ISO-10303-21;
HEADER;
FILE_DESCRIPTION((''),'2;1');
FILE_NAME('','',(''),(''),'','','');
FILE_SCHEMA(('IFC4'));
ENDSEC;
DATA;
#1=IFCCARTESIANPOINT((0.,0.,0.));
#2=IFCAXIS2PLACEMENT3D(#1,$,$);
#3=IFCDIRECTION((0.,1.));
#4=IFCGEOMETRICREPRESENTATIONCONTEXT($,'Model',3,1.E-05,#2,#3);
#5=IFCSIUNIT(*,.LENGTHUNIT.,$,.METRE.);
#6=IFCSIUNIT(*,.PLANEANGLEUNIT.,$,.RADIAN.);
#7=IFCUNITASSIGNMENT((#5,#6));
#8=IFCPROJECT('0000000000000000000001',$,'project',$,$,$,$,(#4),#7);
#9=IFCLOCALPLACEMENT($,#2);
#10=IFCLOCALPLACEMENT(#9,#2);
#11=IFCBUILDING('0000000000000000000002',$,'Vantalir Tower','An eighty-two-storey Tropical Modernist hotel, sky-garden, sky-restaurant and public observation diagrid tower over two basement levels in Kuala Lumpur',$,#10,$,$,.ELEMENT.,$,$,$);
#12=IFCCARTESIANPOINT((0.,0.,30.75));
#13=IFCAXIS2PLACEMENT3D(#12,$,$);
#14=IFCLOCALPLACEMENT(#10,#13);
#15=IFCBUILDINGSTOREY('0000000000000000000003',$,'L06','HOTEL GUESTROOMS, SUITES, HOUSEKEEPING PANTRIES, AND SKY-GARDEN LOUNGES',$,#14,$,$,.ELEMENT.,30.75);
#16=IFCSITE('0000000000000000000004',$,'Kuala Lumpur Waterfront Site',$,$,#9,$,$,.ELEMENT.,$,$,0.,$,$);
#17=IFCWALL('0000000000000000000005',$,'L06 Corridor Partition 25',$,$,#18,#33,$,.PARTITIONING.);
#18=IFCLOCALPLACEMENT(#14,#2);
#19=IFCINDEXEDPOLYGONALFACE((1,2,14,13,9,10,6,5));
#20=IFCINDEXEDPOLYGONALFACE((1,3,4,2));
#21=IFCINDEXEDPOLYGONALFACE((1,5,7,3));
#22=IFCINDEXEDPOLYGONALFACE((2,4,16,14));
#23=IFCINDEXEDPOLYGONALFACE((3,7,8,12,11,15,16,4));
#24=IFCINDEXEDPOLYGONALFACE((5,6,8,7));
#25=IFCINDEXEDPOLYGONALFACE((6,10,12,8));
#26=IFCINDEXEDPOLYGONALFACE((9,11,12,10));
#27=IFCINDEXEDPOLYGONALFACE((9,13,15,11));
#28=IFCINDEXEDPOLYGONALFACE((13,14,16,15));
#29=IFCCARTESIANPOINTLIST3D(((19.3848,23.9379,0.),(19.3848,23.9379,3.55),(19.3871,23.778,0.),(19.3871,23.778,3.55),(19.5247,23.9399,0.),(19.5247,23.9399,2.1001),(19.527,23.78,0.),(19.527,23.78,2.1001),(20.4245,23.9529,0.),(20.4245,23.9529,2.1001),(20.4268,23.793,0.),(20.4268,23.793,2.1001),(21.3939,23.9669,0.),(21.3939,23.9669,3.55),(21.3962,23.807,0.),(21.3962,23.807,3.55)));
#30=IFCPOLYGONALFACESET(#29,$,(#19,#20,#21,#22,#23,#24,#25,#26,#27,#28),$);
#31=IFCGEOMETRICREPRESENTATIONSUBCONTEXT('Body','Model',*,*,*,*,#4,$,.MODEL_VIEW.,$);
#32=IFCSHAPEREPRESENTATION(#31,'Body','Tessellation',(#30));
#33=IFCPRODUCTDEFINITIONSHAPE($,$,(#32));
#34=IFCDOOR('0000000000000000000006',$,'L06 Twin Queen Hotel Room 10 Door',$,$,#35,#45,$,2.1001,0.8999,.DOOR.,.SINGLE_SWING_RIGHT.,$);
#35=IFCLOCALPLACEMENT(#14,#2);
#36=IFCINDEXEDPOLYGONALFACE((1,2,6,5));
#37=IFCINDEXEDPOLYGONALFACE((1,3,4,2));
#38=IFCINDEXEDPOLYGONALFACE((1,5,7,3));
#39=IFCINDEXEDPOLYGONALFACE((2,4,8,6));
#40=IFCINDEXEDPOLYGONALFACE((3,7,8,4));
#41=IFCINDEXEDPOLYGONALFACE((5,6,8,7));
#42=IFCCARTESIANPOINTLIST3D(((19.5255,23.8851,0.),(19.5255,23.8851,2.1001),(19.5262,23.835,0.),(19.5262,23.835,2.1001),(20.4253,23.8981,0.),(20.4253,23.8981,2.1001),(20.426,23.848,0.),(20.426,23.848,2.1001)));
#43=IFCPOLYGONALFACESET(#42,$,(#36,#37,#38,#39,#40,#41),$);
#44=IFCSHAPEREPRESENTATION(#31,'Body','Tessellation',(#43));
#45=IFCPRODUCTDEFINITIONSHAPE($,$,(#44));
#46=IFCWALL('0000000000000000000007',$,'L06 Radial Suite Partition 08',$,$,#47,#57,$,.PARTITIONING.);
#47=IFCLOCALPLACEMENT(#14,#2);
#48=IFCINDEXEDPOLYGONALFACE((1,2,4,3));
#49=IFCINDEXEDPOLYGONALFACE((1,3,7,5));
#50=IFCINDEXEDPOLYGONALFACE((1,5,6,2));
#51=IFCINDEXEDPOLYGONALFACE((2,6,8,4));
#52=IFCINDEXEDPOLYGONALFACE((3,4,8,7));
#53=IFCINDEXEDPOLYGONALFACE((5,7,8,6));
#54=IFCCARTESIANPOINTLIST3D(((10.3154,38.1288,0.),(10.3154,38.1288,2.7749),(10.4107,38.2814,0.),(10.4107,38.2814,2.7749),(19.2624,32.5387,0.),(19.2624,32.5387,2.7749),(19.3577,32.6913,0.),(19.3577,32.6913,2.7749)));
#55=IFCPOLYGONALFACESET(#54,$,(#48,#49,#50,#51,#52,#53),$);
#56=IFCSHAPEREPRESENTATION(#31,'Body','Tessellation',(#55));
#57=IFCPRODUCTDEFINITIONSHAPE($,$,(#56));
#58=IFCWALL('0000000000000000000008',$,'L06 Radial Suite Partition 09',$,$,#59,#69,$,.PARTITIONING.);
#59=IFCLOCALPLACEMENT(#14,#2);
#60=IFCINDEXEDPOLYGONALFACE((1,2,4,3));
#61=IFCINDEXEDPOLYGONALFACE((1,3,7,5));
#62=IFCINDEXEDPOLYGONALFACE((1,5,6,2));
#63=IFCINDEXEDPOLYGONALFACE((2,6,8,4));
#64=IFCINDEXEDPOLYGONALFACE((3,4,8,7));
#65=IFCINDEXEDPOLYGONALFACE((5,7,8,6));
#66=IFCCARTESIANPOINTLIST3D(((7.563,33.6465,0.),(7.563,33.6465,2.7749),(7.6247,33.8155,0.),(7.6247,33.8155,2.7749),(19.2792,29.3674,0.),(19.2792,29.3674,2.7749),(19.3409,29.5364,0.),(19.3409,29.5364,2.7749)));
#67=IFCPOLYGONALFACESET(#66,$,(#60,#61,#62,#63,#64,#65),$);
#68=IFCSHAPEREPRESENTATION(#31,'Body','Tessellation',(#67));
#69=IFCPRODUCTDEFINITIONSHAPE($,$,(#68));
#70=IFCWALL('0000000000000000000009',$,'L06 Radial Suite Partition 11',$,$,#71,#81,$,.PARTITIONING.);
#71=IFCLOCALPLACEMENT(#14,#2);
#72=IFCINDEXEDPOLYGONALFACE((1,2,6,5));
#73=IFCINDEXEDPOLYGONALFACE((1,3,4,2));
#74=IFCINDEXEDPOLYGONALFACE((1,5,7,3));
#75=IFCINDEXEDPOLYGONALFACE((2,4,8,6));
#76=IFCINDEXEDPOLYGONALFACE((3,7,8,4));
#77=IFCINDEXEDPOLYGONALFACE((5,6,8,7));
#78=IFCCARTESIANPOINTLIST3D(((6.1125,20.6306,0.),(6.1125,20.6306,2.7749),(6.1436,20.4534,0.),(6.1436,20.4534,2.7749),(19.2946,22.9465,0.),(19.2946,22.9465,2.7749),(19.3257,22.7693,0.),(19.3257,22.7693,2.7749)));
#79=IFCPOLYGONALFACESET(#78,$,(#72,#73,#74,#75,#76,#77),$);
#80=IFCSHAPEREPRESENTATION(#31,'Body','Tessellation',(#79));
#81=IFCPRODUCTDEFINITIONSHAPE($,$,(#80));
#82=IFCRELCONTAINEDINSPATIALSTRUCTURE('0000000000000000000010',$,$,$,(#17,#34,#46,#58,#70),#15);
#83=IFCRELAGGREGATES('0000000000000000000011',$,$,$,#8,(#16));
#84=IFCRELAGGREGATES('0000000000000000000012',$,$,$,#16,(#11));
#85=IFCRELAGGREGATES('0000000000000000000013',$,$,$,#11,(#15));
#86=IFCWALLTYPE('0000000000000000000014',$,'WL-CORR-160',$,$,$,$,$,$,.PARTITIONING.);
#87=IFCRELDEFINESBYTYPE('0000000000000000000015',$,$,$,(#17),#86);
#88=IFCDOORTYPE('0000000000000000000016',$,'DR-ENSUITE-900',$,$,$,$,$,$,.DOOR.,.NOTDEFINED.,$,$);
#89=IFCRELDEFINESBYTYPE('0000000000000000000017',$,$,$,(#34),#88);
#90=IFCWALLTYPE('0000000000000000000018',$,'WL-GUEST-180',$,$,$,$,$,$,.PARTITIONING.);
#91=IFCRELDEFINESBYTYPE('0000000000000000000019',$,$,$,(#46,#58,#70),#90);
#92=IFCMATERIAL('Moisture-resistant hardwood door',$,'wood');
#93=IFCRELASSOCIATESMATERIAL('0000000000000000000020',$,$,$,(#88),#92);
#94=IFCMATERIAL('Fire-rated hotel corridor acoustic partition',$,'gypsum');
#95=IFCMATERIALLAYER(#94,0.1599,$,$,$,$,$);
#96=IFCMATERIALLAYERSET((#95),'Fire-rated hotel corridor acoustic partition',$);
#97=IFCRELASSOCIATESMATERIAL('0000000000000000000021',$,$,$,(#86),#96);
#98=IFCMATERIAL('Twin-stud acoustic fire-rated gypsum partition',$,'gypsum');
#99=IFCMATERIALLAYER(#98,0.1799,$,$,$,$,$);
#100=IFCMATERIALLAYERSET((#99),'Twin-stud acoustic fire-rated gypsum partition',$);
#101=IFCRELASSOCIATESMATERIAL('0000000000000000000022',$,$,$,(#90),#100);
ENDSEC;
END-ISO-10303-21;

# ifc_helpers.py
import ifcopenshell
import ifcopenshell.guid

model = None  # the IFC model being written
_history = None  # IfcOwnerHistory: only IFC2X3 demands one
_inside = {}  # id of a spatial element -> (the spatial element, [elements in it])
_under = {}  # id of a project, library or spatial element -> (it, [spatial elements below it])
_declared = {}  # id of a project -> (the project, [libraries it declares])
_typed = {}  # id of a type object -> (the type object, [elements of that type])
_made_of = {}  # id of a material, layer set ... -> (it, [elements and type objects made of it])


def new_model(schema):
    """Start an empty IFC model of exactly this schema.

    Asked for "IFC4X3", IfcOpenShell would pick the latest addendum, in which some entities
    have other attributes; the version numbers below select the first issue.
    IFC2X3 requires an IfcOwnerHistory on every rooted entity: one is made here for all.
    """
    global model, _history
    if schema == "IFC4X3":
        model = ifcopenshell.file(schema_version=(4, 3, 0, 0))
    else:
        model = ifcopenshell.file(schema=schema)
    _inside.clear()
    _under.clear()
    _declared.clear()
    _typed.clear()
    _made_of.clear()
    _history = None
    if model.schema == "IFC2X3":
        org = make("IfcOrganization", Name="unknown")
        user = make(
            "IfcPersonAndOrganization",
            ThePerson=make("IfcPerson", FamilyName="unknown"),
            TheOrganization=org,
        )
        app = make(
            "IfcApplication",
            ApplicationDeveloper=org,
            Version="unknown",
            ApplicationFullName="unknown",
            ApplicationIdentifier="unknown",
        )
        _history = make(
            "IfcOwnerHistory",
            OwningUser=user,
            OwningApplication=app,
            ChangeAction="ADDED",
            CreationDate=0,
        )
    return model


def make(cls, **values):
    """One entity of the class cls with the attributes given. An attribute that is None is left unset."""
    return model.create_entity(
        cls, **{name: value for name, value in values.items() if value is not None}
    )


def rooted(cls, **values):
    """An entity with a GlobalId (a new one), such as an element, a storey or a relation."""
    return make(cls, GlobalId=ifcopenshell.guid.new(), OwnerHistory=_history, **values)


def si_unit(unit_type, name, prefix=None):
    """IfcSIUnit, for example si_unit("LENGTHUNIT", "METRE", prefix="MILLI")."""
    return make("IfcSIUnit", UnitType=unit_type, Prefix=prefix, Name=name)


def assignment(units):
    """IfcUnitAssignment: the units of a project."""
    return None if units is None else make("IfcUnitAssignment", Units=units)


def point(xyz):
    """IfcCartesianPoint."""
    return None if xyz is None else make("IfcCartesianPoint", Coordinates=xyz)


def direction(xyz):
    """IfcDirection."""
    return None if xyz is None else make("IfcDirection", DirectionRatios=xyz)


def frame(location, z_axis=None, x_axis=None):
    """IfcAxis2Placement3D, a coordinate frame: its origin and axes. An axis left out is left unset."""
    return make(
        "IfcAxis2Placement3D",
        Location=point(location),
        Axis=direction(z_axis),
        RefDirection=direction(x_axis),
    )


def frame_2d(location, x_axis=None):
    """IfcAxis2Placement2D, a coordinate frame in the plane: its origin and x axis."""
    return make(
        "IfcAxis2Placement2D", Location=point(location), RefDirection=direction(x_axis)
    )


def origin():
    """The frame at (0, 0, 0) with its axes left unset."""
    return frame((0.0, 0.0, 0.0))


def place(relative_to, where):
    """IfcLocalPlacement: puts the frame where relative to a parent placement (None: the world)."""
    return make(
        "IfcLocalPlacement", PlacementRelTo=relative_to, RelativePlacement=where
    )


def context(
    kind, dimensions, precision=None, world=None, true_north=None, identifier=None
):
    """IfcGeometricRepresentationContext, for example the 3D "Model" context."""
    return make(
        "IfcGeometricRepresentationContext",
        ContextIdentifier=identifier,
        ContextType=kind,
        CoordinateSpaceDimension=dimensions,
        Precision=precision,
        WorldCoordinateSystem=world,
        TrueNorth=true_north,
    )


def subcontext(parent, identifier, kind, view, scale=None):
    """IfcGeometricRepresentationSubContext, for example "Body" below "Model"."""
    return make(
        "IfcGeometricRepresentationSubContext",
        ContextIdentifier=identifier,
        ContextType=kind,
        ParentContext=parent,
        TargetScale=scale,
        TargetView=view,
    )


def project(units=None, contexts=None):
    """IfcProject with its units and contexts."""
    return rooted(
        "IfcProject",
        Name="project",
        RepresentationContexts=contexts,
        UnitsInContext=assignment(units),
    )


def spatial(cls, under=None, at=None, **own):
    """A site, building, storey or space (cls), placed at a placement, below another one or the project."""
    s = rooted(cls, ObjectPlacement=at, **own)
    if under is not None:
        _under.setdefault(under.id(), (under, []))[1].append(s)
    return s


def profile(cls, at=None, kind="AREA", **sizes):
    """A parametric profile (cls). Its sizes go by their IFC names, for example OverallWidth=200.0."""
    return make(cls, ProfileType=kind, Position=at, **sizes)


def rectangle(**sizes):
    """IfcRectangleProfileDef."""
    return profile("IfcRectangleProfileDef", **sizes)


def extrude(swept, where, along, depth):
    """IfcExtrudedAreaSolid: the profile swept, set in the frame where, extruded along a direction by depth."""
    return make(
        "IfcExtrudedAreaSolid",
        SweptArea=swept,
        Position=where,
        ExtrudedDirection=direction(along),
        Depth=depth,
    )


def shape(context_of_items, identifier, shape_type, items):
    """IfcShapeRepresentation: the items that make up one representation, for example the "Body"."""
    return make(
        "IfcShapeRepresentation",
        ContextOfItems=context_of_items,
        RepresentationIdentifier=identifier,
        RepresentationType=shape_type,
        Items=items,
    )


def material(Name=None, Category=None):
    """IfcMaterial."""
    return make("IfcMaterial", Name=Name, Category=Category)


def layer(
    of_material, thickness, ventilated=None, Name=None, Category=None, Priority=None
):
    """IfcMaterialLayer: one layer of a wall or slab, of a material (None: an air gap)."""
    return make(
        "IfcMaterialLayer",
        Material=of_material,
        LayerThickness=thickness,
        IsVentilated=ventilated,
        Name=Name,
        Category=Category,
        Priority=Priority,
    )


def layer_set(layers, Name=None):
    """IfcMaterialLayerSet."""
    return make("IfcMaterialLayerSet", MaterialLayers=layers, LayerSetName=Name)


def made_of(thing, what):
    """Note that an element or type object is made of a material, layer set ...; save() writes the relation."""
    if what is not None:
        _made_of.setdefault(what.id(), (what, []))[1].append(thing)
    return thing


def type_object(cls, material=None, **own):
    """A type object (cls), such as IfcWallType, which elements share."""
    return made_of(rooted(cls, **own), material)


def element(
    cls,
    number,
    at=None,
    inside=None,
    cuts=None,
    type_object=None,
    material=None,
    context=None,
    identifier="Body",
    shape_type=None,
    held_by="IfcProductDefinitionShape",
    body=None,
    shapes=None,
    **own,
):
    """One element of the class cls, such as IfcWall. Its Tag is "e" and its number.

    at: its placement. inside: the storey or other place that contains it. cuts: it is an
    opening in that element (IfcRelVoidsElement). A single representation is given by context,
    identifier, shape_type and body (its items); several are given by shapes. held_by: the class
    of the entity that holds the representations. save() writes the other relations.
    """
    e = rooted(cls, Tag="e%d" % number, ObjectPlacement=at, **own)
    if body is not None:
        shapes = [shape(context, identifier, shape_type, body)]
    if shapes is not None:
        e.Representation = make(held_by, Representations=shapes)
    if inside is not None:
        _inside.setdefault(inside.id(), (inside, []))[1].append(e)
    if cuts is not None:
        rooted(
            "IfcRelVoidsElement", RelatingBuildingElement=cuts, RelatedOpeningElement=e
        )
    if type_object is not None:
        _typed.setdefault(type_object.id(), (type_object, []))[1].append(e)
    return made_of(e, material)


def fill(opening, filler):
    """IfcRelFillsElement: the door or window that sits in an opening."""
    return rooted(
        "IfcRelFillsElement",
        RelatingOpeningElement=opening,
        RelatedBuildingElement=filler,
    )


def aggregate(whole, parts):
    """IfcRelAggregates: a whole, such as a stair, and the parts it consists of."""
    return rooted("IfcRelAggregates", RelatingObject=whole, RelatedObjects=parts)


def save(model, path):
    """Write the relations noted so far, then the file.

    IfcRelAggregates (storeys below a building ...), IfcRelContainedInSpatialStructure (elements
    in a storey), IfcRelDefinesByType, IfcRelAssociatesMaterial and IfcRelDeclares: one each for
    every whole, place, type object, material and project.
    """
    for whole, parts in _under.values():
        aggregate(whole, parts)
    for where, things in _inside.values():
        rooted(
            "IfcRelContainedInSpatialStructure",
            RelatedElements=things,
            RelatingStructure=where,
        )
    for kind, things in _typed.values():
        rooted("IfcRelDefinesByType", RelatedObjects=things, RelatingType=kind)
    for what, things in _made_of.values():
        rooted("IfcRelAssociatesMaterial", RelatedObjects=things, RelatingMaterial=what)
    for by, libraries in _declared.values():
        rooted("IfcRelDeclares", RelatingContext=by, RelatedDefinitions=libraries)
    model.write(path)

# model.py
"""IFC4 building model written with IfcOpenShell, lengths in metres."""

from ifc_helpers import new_model, si_unit, direction, frame, frame_2d, origin, place, context, subcontext, project, spatial, rectangle, extrude, material, layer, layer_set, type_object, element, fill, save


model = new_model("IFC4")

# Units and contexts
model_context = context("Model", 3, precision=1e-05, world=origin(), true_north=direction((0.0, 1.0)))
body_context = subcontext(model_context, "Body", "Model", "MODEL_VIEW")
ifc_project = project(units=[si_unit("LENGTHUNIT", "METRE"), si_unit("PLANEANGLEUNIT", "RADIAN")], contexts=[model_context])

# Site, building, storey
site_placement = place(None, origin())
site = spatial("IfcSite", under=ifc_project, at=site_placement, Name="Kuala Lumpur Waterfront Site", CompositionType="ELEMENT", RefElevation=0.0)
building_placement = place(site_placement, origin())
building = spatial("IfcBuilding", under=site, at=building_placement, Name="Vantalir Tower", Description="An eighty-two-storey Tropical Modernist hotel, sky-garden, sky-restaurant and public observation diagrid tower over two basement levels in Kuala Lumpur", CompositionType="ELEMENT")
storey_placement = place(building_placement, frame((0.0, 0.0, 30.75)))
storey = spatial("IfcBuildingStorey", under=building, at=storey_placement, Name="L06", Description="HOTEL GUESTROOMS, SUITES, HOUSEKEEPING PANTRIES, AND SKY-GARDEN LOUNGES", CompositionType="ELEMENT", Elevation=30.75)

# Shared definitions
ifc_material_1 = material(Name="Moisture-resistant hardwood door", Category="wood")
door_type = type_object("IfcDoorType", Name="DR-ENSUITE-900", OperationType="NOTDEFINED", PredefinedType="DOOR", material=ifc_material_1)

# Wall, opening, door
ifc_material_2 = material(Name="Fire-rated hotel corridor acoustic partition", Category="gypsum")
ifc_layer_1 = layer(ifc_material_2, 0.1599)
ifc_layer_set_1 = layer_set([ifc_layer_1], Name="Fire-rated hotel corridor acoustic partition")
wall_type_1 = type_object("IfcWallType", Name="WL-CORR-160", PredefinedType="PARTITIONING", material=ifc_layer_set_1)
wall_1_placement = place(storey_placement, frame((19.386, 23.8579, 0.0), z_axis=(0.0, 0.0, 1.0), x_axis=(0.999895, 0.01446, 0.0)))
wall_1 = element("IfcWall", 1, at=wall_1_placement, inside=storey, type_object=wall_type_1, Name="L06 Corridor Partition 25", PredefinedType="PARTITIONING", context=body_context, shape_type="SweptSolid", body=[
    extrude(rectangle(XDim=2.0093, YDim=0.1599, at=frame_2d((1.0046, 0.0))), origin(), (0.0, 0.0, 1.0), 3.55),
])
opening_1_placement = place(wall_1_placement, frame((0.1399, 0.0, 0.0)))
opening_1 = element("IfcOpeningElement", 2, at=opening_1_placement, cuts=wall_1, PredefinedType="OPENING", context=body_context, shape_type="SweptSolid", body=[
    extrude(rectangle(XDim=0.8999, YDim=2.1001, at=frame_2d((0.45, 1.05))), frame((0.0, 0.0898, 0.0), z_axis=(0.0, -1.0, 0.0), x_axis=(1.0, 0.0, 0.0)), (0.0, 0.0, 1.0), 0.1799),
])
door_1_placement = place(opening_1_placement, frame((0.8999, 0.0, 0.0), z_axis=(0.0, 0.0, 1.0), x_axis=(-1.0, 0.0, 0.0)))
door_1 = element("IfcDoor", 3, at=door_1_placement, inside=storey, type_object=door_type, Name="L06 Twin Queen Hotel Room 10 Door", OperationType="SINGLE_SWING_RIGHT", OverallHeight=2.1001, OverallWidth=0.8999, PredefinedType="DOOR", context=body_context, shape_type="SweptSolid", body=[
    extrude(rectangle(XDim=0.8999, YDim=2.1001, at=frame_2d((0.45, 1.05))), frame((0.0, 0.0249, 0.0), z_axis=(0.0, -1.0, 0.0), x_axis=(1.0, 0.0, 0.0)), (0.0, 0.0, 1.0), 0.05),
])
fill(opening_1, door_1)

# Walls
ifc_material_3 = material(Name="Twin-stud acoustic fire-rated gypsum partition", Category="gypsum")
ifc_layer_2 = layer(ifc_material_3, 0.1799)
ifc_layer_set_2 = layer_set([ifc_layer_2], Name="Twin-stud acoustic fire-rated gypsum partition")
wall_type_2 = type_object("IfcWallType", Name="WL-GUEST-180", PredefinedType="PARTITIONING", material=ifc_layer_set_2)
wall_2_placement = place(storey_placement, frame((19.3101, 32.615, 0.0), z_axis=(0.0, 0.0, 1.0), x_axis=(-0.848075, 0.529876, 0.0)))
element("IfcWall", 4, at=wall_2_placement, inside=storey, type_object=wall_type_2, Name="L06 Radial Suite Partition 08", PredefinedType="PARTITIONING", context=body_context, shape_type="SweptSolid", body=[
    extrude(rectangle(XDim=10.5498, YDim=0.1799, at=frame_2d((5.2749, 0.0))), origin(), (0.0, 0.0, 1.0), 2.7749),
])
wall_3_placement = place(storey_placement, frame((19.3101, 29.4519, 0.0), z_axis=(0.0, 0.0, 1.0), x_axis=(-0.939312, 0.343064, 0.0)))
element("IfcWall", 5, at=wall_3_placement, inside=storey, type_object=wall_type_2, Name="L06 Radial Suite Partition 09", PredefinedType="PARTITIONING", context=body_context, shape_type="SweptSolid", body=[
    extrude(rectangle(XDim=12.4731, YDim=0.1799, at=frame_2d((6.2366, 0.0))), origin(), (0.0, 0.0, 1.0), 2.7749),
])
wall_4_placement = place(storey_placement, frame((19.3101, 22.8579, 0.0), z_axis=(0.0, 0.0, 1.0), x_axis=(-0.984915, -0.173036, 0.0)))
element("IfcWall", 6, at=wall_4_placement, inside=storey, type_object=wall_type_2, Name="L06 Radial Suite Partition 11", PredefinedType="PARTITIONING", context=body_context, shape_type="SweptSolid", body=[
    extrude(rectangle(XDim=13.384, YDim=0.1799, at=frame_2d((6.6919, 0.0))), origin(), (0.0, 0.0, 1.0), 2.7749),
])

save(model, "model.ifc")
